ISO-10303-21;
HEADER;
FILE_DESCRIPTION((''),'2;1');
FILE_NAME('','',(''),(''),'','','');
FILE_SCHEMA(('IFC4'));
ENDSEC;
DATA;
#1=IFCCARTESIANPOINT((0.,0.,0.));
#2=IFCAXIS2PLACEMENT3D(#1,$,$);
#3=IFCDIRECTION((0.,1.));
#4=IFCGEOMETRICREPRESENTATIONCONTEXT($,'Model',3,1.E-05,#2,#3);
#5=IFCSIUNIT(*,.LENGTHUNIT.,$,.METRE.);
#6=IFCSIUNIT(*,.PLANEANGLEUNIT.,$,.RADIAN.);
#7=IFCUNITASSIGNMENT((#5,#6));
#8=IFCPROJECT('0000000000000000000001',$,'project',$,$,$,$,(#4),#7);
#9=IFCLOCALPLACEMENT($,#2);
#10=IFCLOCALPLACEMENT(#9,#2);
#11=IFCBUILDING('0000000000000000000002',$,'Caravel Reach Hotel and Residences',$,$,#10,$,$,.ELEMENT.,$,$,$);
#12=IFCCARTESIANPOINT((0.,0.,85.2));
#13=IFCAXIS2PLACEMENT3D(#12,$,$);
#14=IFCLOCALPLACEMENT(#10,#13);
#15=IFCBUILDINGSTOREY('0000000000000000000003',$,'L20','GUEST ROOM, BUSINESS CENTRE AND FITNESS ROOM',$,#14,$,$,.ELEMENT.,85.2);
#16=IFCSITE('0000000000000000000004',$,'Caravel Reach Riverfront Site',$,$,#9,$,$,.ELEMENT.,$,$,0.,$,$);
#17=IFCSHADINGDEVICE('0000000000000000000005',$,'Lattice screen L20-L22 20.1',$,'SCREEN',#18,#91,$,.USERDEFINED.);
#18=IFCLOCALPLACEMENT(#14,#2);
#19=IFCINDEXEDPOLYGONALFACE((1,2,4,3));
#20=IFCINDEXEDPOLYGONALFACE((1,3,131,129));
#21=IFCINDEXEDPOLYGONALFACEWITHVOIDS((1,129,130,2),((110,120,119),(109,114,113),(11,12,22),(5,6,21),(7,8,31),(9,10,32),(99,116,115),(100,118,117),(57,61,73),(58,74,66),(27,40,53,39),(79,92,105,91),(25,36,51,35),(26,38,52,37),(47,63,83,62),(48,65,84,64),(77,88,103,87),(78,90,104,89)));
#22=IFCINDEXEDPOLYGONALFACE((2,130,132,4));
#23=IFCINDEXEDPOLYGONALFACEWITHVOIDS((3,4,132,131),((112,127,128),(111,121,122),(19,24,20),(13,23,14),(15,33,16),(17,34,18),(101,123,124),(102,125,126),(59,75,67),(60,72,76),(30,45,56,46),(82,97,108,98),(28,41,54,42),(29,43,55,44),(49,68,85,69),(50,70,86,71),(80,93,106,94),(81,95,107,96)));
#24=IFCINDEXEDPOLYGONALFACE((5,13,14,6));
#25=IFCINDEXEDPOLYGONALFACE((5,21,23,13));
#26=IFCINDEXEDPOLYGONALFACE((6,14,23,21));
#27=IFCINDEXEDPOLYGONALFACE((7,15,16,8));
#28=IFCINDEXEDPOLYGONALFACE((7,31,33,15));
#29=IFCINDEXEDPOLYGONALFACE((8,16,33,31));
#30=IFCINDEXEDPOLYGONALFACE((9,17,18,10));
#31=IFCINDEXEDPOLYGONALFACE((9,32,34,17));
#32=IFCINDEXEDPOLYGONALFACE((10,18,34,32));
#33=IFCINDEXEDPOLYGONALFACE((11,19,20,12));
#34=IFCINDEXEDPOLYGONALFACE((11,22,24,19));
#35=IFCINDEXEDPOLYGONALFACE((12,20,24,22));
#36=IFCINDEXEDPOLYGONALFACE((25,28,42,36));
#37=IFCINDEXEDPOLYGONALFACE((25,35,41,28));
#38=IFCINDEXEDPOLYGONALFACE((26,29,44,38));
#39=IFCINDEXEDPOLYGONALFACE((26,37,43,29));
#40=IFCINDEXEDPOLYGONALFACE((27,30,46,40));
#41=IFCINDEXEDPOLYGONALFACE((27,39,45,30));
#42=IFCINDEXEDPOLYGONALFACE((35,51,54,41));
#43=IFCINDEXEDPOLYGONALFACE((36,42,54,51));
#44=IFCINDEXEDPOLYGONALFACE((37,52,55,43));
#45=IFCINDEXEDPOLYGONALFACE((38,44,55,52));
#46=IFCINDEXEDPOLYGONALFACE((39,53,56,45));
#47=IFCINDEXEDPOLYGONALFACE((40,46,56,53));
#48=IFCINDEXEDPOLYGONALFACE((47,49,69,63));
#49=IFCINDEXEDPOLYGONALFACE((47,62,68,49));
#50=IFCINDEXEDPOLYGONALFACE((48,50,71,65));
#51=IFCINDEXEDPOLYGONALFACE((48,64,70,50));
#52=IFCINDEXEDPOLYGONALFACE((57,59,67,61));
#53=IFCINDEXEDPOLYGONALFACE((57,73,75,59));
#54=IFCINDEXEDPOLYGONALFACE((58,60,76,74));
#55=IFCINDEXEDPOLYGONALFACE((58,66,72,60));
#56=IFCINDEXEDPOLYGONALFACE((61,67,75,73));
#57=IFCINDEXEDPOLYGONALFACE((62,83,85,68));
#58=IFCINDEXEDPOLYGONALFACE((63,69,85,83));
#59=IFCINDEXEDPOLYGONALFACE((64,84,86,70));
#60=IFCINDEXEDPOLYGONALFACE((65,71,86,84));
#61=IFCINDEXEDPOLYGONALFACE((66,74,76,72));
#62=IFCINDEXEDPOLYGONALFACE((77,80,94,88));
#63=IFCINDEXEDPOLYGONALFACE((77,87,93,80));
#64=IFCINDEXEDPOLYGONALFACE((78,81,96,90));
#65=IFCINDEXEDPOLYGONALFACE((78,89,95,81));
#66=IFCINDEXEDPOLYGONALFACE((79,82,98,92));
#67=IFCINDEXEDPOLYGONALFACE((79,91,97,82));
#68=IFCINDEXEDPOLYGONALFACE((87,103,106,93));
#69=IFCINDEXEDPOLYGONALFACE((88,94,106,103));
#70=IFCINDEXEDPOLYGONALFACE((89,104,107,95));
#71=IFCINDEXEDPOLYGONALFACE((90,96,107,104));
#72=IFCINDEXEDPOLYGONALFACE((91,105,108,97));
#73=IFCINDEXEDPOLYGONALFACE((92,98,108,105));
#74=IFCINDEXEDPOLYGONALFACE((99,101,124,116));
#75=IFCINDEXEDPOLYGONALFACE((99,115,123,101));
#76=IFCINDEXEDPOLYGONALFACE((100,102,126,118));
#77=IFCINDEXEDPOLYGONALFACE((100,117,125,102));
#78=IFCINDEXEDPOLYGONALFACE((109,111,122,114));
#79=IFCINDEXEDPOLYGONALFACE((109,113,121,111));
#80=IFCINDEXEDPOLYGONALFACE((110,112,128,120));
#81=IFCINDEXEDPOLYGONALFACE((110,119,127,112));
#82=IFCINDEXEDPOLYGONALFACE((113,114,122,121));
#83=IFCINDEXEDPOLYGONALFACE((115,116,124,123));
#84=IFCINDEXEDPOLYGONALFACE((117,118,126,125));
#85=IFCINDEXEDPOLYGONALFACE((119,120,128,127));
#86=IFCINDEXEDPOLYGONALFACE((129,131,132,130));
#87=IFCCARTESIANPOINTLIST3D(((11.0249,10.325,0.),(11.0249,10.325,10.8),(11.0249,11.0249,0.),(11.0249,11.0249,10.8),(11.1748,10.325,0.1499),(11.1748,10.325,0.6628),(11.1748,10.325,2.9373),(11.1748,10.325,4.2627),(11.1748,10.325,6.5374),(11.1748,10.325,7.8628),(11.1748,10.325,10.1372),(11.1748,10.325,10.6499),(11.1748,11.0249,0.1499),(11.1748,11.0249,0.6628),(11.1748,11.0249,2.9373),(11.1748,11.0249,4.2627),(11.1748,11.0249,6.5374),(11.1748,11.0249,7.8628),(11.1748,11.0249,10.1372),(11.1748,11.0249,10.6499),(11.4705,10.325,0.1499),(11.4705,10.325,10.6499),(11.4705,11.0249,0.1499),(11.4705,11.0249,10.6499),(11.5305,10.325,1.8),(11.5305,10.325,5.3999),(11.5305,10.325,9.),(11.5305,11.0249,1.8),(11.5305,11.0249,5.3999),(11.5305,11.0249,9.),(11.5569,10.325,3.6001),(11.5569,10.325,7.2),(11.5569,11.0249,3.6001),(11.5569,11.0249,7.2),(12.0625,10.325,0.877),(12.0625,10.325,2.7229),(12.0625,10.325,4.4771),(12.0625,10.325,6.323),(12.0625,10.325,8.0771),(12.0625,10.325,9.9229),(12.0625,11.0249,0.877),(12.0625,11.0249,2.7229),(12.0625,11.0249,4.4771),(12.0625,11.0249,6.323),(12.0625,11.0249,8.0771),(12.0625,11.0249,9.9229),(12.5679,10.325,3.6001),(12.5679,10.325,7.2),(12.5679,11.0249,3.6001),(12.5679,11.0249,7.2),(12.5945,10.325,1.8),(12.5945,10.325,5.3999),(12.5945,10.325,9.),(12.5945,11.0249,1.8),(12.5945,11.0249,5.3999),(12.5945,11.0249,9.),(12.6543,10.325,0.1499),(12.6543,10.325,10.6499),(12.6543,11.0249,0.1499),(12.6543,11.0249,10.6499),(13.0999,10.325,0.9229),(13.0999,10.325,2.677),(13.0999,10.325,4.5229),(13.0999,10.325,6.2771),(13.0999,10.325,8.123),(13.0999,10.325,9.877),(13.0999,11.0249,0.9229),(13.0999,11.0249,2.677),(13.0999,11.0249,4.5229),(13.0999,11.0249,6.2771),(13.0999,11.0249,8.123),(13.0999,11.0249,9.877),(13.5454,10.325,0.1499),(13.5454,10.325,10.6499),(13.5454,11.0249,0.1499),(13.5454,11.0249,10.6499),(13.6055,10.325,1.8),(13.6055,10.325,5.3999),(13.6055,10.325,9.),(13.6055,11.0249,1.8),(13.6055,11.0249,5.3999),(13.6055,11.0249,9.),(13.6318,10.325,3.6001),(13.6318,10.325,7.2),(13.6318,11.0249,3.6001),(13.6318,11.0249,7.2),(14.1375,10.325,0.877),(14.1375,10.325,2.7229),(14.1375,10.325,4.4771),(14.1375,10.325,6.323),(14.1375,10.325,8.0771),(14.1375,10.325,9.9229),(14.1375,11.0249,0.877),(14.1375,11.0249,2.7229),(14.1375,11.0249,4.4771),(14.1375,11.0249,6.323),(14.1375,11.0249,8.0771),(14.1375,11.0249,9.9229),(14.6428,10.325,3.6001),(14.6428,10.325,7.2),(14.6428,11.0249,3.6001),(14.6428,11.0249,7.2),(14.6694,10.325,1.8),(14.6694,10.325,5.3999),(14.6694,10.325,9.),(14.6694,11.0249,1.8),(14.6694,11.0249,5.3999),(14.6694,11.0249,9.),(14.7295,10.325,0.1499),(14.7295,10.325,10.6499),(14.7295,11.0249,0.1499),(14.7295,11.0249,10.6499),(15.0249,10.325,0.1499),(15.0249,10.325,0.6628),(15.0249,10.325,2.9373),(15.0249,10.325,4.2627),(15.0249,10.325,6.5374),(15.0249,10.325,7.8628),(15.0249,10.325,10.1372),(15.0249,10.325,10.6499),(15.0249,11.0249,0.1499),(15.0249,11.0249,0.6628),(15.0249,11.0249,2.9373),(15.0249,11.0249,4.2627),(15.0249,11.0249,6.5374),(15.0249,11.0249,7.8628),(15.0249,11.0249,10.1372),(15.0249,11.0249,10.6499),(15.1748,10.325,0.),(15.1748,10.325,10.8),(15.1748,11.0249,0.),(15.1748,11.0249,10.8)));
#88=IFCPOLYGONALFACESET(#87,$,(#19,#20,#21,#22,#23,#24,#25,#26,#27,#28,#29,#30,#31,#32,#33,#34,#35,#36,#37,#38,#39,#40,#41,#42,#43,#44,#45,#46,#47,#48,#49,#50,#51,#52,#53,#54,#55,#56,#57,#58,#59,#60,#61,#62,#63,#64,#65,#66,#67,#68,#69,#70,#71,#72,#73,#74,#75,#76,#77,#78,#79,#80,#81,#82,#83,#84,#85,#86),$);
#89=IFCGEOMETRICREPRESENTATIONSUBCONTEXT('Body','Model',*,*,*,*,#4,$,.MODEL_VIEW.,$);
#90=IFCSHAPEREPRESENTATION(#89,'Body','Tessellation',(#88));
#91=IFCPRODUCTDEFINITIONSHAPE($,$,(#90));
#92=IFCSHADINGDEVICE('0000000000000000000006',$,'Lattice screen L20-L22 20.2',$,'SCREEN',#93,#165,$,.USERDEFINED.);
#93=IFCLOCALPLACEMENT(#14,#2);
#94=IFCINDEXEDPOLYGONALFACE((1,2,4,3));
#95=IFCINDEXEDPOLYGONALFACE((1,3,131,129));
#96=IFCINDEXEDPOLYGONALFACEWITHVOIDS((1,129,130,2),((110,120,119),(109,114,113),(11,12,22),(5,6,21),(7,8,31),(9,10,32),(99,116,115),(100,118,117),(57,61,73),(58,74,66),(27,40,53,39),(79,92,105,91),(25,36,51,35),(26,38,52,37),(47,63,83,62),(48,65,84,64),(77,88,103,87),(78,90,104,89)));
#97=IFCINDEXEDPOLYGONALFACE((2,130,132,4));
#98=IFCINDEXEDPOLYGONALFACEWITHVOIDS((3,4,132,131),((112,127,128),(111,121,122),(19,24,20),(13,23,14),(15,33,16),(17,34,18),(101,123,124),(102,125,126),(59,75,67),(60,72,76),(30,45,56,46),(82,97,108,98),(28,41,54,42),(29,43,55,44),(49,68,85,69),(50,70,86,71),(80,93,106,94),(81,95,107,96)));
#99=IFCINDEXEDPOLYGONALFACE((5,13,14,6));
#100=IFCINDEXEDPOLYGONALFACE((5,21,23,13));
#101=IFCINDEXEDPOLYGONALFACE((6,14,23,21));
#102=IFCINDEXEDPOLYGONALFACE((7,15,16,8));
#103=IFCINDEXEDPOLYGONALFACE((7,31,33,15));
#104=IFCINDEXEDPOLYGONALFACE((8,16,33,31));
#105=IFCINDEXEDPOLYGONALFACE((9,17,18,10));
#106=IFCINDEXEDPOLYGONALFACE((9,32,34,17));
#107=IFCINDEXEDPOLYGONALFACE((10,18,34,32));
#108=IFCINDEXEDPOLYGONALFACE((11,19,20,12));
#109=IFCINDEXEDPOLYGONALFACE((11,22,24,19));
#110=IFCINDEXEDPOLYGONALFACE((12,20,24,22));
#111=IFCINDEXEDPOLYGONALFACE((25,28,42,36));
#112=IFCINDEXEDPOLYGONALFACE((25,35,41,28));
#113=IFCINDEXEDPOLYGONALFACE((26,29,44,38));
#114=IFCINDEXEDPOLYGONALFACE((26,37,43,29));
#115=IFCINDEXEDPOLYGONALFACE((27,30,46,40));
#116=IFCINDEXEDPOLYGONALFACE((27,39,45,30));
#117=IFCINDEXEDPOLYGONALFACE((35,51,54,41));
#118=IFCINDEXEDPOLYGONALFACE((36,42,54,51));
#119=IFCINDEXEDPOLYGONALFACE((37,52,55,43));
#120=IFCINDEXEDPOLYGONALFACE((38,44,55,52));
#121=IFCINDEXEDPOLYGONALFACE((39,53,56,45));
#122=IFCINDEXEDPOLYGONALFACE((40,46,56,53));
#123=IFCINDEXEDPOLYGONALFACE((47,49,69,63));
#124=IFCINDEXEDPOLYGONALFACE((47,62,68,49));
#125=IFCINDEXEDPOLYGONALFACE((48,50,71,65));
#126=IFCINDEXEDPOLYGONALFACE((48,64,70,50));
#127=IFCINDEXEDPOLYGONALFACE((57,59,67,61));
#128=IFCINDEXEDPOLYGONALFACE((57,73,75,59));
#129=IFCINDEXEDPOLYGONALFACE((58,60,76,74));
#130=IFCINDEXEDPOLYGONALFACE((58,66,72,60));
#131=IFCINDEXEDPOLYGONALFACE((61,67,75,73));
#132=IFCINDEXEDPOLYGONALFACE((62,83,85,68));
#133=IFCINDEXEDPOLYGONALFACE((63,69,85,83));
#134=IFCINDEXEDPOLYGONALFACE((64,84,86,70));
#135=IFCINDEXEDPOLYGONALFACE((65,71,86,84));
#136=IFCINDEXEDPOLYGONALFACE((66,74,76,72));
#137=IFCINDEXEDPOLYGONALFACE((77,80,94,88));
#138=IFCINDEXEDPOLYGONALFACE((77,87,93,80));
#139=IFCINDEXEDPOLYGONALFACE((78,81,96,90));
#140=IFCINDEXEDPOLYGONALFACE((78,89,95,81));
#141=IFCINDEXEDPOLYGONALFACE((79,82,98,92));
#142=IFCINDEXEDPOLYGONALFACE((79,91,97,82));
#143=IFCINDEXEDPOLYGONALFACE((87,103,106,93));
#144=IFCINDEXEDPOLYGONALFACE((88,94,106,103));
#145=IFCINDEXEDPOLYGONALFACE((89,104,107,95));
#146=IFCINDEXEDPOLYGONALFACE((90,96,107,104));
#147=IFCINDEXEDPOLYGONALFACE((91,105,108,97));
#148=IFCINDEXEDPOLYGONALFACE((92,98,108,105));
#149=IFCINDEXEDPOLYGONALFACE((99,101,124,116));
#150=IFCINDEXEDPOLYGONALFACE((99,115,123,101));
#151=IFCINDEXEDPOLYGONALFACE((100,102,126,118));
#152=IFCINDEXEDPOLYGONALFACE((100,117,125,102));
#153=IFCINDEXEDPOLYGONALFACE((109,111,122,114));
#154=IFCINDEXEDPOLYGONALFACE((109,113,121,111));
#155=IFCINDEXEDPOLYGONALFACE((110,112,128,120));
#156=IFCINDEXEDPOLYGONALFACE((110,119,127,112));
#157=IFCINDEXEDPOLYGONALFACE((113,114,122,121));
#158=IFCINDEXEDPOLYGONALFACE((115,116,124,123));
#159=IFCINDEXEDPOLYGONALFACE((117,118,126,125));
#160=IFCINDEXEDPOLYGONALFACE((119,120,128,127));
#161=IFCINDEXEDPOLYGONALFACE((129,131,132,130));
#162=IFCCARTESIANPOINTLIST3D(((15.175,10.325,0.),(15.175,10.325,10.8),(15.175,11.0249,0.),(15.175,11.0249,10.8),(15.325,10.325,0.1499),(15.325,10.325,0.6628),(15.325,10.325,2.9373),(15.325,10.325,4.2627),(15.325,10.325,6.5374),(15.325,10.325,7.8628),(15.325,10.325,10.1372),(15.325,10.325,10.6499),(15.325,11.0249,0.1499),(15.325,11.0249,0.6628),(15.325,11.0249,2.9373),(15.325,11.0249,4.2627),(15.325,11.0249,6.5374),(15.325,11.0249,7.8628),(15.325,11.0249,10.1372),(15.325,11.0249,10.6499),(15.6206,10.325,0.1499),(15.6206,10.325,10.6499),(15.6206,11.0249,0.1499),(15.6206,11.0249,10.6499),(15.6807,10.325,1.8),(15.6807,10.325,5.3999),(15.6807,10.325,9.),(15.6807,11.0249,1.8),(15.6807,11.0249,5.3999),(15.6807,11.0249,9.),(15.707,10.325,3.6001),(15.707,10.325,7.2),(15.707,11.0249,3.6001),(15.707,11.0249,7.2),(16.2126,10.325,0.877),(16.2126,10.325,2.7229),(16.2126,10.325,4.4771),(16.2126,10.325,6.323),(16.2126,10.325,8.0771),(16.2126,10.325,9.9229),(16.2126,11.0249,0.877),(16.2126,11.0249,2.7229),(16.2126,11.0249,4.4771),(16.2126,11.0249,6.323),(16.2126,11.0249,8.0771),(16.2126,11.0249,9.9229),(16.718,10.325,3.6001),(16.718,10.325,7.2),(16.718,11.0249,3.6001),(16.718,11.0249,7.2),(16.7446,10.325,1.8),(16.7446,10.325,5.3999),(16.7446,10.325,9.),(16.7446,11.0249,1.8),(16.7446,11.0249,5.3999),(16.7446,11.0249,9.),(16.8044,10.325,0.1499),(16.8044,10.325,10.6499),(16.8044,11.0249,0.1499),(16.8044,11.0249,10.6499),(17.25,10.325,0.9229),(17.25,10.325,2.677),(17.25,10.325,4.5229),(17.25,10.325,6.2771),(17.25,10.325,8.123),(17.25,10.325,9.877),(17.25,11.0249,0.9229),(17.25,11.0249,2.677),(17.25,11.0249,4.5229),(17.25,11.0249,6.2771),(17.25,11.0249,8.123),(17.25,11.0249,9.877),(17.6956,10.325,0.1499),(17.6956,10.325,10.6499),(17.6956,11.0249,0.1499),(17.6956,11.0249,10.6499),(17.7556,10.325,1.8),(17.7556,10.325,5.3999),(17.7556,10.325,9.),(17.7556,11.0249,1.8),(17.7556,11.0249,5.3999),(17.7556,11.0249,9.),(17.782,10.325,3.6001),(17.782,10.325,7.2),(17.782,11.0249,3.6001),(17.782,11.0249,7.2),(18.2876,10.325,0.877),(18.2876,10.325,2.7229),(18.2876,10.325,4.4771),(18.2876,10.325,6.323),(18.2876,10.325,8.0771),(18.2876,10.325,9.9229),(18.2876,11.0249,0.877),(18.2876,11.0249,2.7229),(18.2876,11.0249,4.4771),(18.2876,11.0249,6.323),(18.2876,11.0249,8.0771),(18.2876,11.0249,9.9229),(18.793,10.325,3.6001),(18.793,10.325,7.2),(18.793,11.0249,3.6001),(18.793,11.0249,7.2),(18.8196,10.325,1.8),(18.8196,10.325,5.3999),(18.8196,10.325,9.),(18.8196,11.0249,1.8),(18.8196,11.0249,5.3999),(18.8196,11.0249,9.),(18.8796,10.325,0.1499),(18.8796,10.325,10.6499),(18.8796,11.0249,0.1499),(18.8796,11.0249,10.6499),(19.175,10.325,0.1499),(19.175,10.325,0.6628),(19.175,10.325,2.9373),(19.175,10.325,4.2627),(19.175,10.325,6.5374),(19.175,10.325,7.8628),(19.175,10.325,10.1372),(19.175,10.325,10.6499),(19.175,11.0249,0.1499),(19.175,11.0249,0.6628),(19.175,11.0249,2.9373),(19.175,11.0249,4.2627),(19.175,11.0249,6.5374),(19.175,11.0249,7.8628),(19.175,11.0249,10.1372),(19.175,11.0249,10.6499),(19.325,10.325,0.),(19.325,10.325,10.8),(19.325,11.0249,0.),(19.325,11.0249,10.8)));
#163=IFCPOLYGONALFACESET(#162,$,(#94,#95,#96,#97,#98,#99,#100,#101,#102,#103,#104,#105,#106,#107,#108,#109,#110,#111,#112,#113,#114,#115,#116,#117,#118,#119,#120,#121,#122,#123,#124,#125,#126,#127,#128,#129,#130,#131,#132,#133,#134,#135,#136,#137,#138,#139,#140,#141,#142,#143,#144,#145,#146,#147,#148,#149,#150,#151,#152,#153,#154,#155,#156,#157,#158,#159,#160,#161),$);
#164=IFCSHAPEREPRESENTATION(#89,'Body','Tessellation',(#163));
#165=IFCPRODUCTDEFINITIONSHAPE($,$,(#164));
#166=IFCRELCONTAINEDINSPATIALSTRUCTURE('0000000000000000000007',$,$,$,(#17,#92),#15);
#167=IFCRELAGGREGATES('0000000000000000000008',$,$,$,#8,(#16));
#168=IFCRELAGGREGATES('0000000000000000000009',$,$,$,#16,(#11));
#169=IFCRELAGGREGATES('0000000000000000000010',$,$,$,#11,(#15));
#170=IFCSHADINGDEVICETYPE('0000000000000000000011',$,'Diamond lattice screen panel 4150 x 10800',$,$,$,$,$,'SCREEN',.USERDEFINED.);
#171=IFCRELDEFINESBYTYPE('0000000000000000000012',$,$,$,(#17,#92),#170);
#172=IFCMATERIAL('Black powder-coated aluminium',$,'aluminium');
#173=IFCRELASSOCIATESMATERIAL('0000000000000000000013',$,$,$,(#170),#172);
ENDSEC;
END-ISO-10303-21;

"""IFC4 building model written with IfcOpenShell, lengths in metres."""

from ifc_helpers import new_model, si_unit, direction, frame, origin, place, context, subcontext, project, spatial, polyline, outline, extrude, material, type_object, element, save


model = new_model("IFC4")

# Units and contexts
model_context = context("Model", 3, precision=1e-05, world=origin(), true_north=direction((0.0, 1.0)))
body_context = subcontext(model_context, "Body", "Model", "MODEL_VIEW")
ifc_project = project(units=[si_unit("LENGTHUNIT", "METRE"), si_unit("PLANEANGLEUNIT", "RADIAN")], contexts=[model_context])

# Site, building, storey
site_placement = place(None, origin())
site = spatial("IfcSite", under=ifc_project, at=site_placement, Name="Caravel Reach Riverfront Site", CompositionType="ELEMENT", RefElevation=0.0)
building_placement = place(site_placement, origin())
building = spatial("IfcBuilding", under=site, at=building_placement, Name="Caravel Reach Hotel and Residences", CompositionType="ELEMENT")
storey_placement = place(building_placement, frame((0.0, 0.0, 85.2)))
storey = spatial("IfcBuildingStorey", under=building, at=storey_placement, Name="L20", Description="GUEST ROOM, BUSINESS CENTRE AND FITNESS ROOM", CompositionType="ELEMENT", Elevation=85.2)

# Shading devices
ifc_material_1 = material(Name="Black powder-coated aluminium", Category="aluminium")
shading_device_type_1 = type_object("IfcShadingDeviceType", Name="Diamond lattice screen panel 4150 x 10800", ElementType="SCREEN", PredefinedType="USERDEFINED", material=ifc_material_1)
shading_device_1_placement = place(storey_placement, frame((11.0249, 11.0249, 0.0), z_axis=(0.0, -1.0, 0.0), x_axis=(1.0, 0.0, 0.0)))
element("IfcShadingDevice", 1, at=shading_device_1_placement, inside=storey, type_object=shading_device_type_1, Name="Lattice screen L20-L22 20.1", ObjectType="SCREEN", PredefinedType="USERDEFINED", context=body_context, shape_type="SweptSolid", body=[
    extrude(outline(polyline([(0.0, 0.0), (4.1499, 0.0), (4.1499, 10.8), (0.0, 10.8), (0.0, 0.0)]), holes=[polyline([(0.4456, 0.1499), (0.1499, 0.6628), (0.1499, 0.1499), (0.4456, 0.1499)]), polyline([(0.532, 3.6001), (0.1499, 4.2627), (0.1499, 2.9373), (0.532, 3.6001)]), polyline([(0.532, 7.2), (0.1499, 7.8628), (0.1499, 6.5374), (0.532, 7.2)]), polyline([(0.1499, 10.1372), (0.4456, 10.6499), (0.1499, 10.6499), (0.1499, 10.1372)]), polyline([(1.0376, 2.7229), (0.5056, 1.8), (1.0376, 0.877), (1.5696, 1.8), (1.0376, 2.7229)]), polyline([(1.0376, 6.323), (0.5056, 5.3999), (1.0376, 4.4771), (1.5696, 5.3999), (1.0376, 6.323)]), polyline([(1.0376, 9.9229), (0.5056, 9.0), (1.0376, 8.0771), (1.5696, 9.0), (1.0376, 9.9229)]), polyline([(2.075, 0.9229), (1.6294, 0.1499), (2.5205, 0.1499), (2.075, 0.9229)]), polyline([(2.075, 4.5229), (1.543, 3.6001), (2.075, 2.677), (2.6069, 3.6001), (2.075, 4.5229)]), polyline([(2.075, 8.123), (1.543, 7.2), (2.075, 6.2771), (2.6069, 7.2), (2.075, 8.123)]), polyline([(2.075, 9.877), (2.5205, 10.6499), (1.6294, 10.6499), (2.075, 9.877)]), polyline([(3.1125, 2.7229), (2.5806, 1.8), (3.1125, 0.877), (3.6445, 1.8), (3.1125, 2.7229)]), polyline([(3.1125, 6.323), (2.5806, 5.3999), (3.1125, 4.4771), (3.6445, 5.3999), (3.1125, 6.323)]), polyline([(3.1125, 9.9229), (2.5806, 9.0), (3.1125, 8.0771), (3.6445, 9.0), (3.1125, 9.9229)]), polyline([(4.0, 0.6628), (3.7046, 0.1499), (4.0, 0.1499), (4.0, 0.6628)]), polyline([(3.6179, 3.6001), (4.0, 2.9373), (4.0, 4.2627), (3.6179, 3.6001)]), polyline([(3.6179, 7.2), (4.0, 6.5374), (4.0, 7.8628), (3.6179, 7.2)]), polyline([(3.7046, 10.6499), (4.0, 10.1372), (4.0, 10.6499), (3.7046, 10.6499)])]), origin(), (0.0, 0.0, 1.0), 0.7),
])
shading_device_2_placement = place(storey_placement, frame((15.175, 11.0249, 0.0), z_axis=(0.0, -1.0, 0.0), x_axis=(1.0, 0.0, 0.0)))
element("IfcShadingDevice", 2, at=shading_device_2_placement, inside=storey, type_object=shading_device_type_1, Name="Lattice screen L20-L22 20.2", ObjectType="SCREEN", PredefinedType="USERDEFINED", context=body_context, shape_type="SweptSolid", body=[
    extrude(outline(polyline([(0.0, 0.0), (4.1499, 0.0), (4.1499, 10.8), (0.0, 10.8), (0.0, 0.0)]), holes=[polyline([(0.4456, 0.1499), (0.1499, 0.6628), (0.1499, 0.1499), (0.4456, 0.1499)]), polyline([(0.532, 3.6001), (0.1499, 4.2627), (0.1499, 2.9373), (0.532, 3.6001)]), polyline([(0.532, 7.2), (0.1499, 7.8628), (0.1499, 6.5374), (0.532, 7.2)]), polyline([(0.1499, 10.1372), (0.4456, 10.6499), (0.1499, 10.6499), (0.1499, 10.1372)]), polyline([(1.0376, 2.7229), (0.5056, 1.8), (1.0376, 0.877), (1.5696, 1.8), (1.0376, 2.7229)]), polyline([(1.0376, 6.323), (0.5056, 5.3999), (1.0376, 4.4771), (1.5696, 5.3999), (1.0376, 6.323)]), polyline([(1.0376, 9.9229), (0.5056, 9.0), (1.0376, 8.0771), (1.5696, 9.0), (1.0376, 9.9229)]), polyline([(2.075, 0.9229), (1.6294, 0.1499), (2.5205, 0.1499), (2.075, 0.9229)]), polyline([(2.075, 4.5229), (1.543, 3.6001), (2.075, 2.677), (2.6069, 3.6001), (2.075, 4.5229)]), polyline([(2.075, 8.123), (1.543, 7.2), (2.075, 6.2771), (2.6069, 7.2), (2.075, 8.123)]), polyline([(2.075, 9.877), (2.5205, 10.6499), (1.6294, 10.6499), (2.075, 9.877)]), polyline([(3.1125, 2.7229), (2.5806, 1.8), (3.1125, 0.877), (3.6445, 1.8), (3.1125, 2.7229)]), polyline([(3.1125, 6.323), (2.5806, 5.3999), (3.1125, 4.4771), (3.6445, 5.3999), (3.1125, 6.323)]), polyline([(3.1125, 9.9229), (2.5806, 9.0), (3.1125, 8.0771), (3.6445, 9.0), (3.1125, 9.9229)]), polyline([(4.0, 0.6628), (3.7046, 0.1499), (4.0, 0.1499), (4.0, 0.6628)]), polyline([(3.6179, 3.6001), (4.0, 2.9373), (4.0, 4.2627), (3.6179, 3.6001)]), polyline([(3.6179, 7.2), (4.0, 6.5374), (4.0, 7.8628), (3.6179, 7.2)]), polyline([(3.7046, 10.6499), (4.0, 10.1372), (4.0, 10.6499), (3.7046, 10.6499)])]), origin(), (0.0, 0.0, 1.0), 0.7),
])

save(model, "model.ifc")
